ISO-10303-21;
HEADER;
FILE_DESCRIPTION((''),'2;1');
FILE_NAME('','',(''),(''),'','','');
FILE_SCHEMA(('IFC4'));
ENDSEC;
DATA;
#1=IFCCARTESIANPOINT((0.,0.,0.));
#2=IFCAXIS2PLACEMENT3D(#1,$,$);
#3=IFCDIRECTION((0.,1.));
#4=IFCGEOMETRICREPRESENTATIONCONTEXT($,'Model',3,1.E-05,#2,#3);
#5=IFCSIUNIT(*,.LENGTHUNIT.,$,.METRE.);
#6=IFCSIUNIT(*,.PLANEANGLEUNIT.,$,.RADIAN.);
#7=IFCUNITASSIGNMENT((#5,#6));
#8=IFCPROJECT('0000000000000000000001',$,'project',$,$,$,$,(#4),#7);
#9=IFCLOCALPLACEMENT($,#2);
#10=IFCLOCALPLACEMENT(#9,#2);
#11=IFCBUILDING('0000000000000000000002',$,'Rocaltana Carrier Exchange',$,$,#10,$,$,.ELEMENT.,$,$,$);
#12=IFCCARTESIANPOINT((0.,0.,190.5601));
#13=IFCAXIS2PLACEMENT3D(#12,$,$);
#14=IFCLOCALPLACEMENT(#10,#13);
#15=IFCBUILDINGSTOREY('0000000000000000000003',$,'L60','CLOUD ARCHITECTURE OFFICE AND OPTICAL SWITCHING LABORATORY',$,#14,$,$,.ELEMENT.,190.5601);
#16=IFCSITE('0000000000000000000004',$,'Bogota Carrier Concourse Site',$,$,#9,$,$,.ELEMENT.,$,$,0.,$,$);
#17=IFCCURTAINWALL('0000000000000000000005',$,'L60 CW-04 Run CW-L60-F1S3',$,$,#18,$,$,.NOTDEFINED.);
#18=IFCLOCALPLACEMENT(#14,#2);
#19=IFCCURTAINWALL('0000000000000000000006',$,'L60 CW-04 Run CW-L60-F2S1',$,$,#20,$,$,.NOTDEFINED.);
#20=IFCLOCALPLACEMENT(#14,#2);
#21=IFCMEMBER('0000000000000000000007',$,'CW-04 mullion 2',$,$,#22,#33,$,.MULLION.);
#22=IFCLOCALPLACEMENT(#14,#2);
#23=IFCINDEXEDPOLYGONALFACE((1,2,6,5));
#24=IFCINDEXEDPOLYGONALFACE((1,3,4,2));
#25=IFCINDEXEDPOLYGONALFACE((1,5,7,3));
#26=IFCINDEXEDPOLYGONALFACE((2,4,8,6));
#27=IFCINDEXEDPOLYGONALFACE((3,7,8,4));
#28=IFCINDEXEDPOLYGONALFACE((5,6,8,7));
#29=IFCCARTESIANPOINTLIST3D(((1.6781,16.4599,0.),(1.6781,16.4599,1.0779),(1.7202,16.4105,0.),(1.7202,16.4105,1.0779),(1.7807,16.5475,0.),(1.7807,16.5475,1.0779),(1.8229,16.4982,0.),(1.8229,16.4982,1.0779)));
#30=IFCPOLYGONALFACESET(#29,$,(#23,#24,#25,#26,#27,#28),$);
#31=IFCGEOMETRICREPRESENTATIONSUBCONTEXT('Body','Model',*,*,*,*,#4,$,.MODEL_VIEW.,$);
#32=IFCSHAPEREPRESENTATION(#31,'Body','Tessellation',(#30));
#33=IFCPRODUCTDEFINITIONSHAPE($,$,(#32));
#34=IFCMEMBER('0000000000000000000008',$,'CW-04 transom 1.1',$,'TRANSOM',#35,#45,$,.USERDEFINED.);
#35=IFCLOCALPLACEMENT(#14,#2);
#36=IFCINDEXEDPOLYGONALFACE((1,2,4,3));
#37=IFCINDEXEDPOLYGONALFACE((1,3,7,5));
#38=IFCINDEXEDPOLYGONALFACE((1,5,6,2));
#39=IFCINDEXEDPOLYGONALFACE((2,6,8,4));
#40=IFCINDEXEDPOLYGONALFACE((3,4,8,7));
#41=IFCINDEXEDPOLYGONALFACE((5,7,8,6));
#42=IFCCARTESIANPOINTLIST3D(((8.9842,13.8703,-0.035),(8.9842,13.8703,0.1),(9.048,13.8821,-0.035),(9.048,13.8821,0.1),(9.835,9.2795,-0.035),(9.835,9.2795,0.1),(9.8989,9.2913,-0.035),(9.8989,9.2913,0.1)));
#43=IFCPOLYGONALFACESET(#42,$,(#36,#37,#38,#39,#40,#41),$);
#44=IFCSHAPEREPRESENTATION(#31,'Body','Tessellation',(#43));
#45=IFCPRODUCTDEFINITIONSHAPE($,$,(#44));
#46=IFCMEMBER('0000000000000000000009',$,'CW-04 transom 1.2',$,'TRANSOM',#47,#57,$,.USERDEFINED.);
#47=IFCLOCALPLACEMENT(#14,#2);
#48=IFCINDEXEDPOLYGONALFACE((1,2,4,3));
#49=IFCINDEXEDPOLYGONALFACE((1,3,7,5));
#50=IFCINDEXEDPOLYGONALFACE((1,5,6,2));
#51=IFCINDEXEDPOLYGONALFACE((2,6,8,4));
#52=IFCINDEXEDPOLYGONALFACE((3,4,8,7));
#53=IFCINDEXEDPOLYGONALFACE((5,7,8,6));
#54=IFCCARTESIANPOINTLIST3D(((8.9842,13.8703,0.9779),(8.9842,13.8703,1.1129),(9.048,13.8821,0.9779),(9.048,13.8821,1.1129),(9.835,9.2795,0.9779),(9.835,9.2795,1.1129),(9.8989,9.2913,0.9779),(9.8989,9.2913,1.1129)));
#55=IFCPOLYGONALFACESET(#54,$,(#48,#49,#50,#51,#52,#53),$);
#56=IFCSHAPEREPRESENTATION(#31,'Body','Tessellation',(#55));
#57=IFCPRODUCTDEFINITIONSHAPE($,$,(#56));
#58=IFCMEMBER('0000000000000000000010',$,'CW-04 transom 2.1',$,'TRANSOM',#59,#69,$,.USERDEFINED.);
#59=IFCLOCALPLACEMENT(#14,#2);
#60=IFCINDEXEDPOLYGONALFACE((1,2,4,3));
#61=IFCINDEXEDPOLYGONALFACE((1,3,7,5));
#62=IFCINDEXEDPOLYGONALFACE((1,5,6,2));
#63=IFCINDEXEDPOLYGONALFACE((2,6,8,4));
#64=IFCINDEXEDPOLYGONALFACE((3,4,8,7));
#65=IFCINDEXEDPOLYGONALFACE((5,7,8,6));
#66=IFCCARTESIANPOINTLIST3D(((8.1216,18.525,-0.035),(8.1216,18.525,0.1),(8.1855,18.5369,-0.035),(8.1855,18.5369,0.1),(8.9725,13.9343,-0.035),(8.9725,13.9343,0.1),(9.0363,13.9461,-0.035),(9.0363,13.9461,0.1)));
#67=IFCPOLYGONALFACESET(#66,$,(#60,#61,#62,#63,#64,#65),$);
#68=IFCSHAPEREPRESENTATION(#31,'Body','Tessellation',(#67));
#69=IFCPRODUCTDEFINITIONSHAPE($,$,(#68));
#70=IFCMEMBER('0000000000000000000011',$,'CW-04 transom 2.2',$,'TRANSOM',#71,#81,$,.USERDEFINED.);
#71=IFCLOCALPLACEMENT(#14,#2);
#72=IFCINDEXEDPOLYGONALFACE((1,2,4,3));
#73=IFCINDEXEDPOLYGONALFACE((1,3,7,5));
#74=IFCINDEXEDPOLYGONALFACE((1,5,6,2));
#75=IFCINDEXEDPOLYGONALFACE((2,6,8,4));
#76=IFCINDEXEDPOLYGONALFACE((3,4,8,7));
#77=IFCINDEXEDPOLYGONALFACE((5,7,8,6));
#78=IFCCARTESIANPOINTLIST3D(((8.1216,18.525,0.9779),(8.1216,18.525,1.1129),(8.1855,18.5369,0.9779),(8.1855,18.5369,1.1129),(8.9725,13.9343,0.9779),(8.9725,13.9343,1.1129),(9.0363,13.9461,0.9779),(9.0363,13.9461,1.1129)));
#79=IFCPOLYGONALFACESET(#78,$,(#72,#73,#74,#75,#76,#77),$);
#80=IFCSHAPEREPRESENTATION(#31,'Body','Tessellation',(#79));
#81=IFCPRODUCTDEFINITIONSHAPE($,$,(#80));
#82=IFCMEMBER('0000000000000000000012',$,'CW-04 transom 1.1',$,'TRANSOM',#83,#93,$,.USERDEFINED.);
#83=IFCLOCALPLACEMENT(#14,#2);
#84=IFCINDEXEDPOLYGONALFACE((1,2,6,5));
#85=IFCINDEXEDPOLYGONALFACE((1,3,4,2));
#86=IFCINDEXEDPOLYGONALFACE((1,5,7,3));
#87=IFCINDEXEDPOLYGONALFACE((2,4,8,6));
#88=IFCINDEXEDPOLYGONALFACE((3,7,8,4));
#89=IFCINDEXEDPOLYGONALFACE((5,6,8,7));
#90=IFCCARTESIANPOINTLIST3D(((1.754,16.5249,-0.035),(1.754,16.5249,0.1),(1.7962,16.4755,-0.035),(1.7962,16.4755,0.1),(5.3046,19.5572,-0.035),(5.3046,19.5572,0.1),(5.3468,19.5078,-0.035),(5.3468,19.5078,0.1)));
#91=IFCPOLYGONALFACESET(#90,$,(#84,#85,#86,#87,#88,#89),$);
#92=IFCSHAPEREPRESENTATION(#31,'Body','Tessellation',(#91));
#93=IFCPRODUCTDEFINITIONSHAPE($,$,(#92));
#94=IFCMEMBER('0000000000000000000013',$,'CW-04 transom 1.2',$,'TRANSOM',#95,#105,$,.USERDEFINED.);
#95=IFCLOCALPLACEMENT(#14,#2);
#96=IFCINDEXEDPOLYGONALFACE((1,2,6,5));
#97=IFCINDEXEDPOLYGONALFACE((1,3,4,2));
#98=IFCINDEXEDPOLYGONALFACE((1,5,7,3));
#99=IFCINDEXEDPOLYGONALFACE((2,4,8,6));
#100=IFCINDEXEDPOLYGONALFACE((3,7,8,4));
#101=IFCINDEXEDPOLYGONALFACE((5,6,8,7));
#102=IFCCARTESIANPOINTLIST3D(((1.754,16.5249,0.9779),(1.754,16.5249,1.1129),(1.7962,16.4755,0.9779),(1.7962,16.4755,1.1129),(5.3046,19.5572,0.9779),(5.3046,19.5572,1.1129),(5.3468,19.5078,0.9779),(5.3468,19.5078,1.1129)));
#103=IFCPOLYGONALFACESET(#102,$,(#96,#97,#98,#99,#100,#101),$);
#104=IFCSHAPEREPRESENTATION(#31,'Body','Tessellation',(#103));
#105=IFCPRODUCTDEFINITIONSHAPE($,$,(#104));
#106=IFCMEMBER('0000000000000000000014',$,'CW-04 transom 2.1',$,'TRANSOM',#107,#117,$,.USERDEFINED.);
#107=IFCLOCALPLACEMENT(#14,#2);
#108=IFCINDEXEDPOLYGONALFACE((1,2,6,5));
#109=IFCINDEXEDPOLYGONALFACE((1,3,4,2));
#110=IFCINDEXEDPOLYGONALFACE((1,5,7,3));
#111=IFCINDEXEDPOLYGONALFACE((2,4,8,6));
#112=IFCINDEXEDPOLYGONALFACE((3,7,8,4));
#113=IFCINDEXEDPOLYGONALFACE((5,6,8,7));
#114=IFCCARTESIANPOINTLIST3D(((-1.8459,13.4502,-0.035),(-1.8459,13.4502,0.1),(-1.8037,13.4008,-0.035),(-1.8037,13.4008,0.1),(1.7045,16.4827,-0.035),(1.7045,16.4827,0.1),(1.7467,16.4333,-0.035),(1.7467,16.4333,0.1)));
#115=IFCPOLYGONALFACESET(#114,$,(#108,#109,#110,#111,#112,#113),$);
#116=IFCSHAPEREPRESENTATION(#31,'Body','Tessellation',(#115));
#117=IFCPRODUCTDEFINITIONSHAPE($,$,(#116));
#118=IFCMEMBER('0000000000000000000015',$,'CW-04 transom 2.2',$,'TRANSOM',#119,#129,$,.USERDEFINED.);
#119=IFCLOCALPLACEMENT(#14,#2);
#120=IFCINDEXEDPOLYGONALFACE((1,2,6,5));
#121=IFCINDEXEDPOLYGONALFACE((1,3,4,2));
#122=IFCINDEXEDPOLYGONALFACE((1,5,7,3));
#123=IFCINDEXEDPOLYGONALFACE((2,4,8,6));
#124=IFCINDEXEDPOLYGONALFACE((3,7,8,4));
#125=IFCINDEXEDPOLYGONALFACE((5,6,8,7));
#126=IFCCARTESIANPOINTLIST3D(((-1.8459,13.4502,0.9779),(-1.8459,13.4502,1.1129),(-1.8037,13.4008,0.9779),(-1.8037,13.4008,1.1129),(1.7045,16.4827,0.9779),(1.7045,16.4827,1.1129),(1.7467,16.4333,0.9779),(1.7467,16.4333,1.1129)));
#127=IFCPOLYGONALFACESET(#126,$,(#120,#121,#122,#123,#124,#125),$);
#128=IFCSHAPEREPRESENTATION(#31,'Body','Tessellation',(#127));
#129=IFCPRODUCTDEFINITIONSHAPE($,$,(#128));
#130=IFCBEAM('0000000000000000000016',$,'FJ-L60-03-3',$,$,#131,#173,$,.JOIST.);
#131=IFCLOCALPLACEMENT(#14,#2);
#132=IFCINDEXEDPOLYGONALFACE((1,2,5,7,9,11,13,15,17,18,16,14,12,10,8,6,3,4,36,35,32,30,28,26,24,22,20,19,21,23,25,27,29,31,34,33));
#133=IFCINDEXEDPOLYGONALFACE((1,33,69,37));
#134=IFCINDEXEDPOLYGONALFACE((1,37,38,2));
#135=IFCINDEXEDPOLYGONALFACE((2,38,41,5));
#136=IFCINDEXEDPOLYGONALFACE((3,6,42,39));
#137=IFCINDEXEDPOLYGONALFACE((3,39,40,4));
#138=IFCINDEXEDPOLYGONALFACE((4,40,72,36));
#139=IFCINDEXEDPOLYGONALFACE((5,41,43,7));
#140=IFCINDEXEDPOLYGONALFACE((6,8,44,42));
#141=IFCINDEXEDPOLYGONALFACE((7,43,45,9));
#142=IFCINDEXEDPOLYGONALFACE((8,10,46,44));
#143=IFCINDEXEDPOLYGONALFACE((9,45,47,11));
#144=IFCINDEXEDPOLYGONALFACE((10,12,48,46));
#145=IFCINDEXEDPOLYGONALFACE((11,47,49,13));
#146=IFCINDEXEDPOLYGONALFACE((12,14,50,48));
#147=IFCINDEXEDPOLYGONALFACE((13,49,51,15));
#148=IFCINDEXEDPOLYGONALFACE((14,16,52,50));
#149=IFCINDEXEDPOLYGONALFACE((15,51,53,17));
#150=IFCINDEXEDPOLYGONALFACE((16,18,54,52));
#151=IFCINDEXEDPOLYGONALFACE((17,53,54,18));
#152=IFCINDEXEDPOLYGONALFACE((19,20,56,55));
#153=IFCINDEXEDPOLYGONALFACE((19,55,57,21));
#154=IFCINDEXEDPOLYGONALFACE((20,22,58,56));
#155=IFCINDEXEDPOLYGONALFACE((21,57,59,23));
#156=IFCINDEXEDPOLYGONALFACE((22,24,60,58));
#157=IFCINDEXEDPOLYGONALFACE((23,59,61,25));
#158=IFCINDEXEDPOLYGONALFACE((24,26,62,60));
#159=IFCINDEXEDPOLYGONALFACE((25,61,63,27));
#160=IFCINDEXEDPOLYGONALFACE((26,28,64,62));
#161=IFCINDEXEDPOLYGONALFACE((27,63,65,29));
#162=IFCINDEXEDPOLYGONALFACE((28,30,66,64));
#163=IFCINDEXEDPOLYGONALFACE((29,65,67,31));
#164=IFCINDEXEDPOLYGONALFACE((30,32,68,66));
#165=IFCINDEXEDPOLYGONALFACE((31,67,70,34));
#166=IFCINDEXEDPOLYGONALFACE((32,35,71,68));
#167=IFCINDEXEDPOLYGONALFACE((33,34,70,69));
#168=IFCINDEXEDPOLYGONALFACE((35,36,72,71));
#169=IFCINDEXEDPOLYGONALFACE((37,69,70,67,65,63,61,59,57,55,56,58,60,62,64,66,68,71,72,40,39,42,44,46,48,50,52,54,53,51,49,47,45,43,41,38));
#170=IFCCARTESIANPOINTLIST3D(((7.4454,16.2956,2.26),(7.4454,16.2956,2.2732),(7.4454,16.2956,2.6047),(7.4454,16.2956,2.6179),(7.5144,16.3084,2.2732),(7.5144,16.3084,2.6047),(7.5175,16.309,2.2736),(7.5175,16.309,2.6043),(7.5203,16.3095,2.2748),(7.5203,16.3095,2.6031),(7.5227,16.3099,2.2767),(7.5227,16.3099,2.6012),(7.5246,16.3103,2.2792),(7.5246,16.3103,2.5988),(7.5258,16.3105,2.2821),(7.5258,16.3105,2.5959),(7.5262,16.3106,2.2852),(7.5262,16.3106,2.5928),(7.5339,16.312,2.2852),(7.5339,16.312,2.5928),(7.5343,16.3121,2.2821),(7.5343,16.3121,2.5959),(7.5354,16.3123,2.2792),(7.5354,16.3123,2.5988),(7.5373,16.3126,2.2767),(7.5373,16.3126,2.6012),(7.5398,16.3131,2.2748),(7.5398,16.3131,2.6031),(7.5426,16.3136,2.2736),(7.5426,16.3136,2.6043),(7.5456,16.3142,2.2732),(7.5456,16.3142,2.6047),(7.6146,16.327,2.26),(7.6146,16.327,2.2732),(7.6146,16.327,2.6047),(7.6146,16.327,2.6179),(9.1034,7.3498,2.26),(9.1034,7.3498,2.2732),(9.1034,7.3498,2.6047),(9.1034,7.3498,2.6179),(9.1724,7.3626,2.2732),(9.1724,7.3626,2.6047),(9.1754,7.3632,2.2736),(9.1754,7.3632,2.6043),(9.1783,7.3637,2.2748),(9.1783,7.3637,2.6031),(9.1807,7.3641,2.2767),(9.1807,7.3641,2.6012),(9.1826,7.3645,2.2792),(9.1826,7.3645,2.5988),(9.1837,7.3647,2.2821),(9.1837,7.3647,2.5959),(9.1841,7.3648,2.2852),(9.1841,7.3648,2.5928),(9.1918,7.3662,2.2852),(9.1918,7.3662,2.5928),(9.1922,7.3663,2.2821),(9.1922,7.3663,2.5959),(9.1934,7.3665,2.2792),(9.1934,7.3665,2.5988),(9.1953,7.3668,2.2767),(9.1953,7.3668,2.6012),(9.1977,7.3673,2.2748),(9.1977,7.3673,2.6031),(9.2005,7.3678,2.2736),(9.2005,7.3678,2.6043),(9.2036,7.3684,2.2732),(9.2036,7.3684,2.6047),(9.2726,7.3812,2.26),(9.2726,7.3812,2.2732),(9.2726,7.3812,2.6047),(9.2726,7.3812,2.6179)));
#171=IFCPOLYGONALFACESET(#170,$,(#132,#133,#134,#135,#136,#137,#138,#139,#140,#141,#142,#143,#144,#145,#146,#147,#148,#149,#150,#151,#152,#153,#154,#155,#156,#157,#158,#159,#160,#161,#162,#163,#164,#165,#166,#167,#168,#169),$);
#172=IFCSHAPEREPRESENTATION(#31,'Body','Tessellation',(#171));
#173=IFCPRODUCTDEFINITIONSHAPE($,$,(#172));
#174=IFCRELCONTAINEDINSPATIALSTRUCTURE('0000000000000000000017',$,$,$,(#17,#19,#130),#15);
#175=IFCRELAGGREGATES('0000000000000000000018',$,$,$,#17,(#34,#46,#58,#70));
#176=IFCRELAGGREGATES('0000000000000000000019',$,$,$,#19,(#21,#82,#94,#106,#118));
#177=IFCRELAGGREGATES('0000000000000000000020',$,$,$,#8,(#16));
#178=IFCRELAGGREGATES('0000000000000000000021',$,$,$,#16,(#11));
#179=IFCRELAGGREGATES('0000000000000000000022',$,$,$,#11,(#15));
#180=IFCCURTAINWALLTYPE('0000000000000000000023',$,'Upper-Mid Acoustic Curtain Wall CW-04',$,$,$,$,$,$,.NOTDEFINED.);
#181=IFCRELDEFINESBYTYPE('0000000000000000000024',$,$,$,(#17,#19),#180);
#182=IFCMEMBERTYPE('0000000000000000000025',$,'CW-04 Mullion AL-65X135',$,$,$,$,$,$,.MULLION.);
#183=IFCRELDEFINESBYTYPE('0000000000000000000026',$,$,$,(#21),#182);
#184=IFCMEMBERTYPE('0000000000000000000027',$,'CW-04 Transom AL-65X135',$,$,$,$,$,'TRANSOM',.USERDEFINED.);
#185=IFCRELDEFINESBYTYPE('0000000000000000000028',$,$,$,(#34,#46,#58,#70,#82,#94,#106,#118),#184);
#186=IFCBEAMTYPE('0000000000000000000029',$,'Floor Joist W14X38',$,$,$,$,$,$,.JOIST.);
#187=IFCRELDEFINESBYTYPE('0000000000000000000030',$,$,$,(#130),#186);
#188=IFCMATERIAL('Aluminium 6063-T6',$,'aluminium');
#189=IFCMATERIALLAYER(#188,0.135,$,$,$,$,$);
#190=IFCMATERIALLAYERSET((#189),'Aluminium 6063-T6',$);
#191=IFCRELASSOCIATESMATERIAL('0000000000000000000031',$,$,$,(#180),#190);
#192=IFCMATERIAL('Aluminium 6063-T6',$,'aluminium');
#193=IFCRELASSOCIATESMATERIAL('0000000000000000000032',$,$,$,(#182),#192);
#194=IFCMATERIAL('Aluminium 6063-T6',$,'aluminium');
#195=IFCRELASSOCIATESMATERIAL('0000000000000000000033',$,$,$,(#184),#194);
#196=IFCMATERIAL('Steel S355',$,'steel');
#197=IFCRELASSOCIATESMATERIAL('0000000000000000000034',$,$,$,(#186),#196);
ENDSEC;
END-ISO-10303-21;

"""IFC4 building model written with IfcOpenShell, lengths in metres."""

from ifc_helpers import new_model, si_unit, direction, frame, origin, origin_2d, place, context, subcontext, project, spatial, rectangle, i_section, extrude, material, layer, layer_set, material_profile, profile_set, type_object, element, aggregate, save


model = new_model("IFC4")

# Units and contexts
model_context = context("Model", 3, precision=1e-05, world=origin(), true_north=direction((0.0, 1.0)))
body_context = subcontext(model_context, "Body", "Model", "MODEL_VIEW")
ifc_project = project(units=[si_unit("LENGTHUNIT", "METRE"), si_unit("PLANEANGLEUNIT", "RADIAN")], contexts=[model_context])

# Site, building, storey
site_placement = place(None, origin())
site = spatial("IfcSite", under=ifc_project, at=site_placement, Name="Bogota Carrier Concourse Site", CompositionType="ELEMENT", RefElevation=0.0)
building_placement = place(site_placement, origin())
building = spatial("IfcBuilding", under=site, at=building_placement, Name="Rocaltana Carrier Exchange", CompositionType="ELEMENT")
storey_placement = place(building_placement, frame((0.0, 0.0, 190.5601)))
storey = spatial("IfcBuildingStorey", under=building, at=storey_placement, Name="L60", Description="CLOUD ARCHITECTURE OFFICE AND OPTICAL SWITCHING LABORATORY", CompositionType="ELEMENT", Elevation=190.5601)

# Curtain walls, member
ifc_material_1 = material(Name="Aluminium 6063-T6", Category="aluminium")
ifc_layer_1 = layer(ifc_material_1, 0.135)
ifc_layer_set_1 = layer_set([ifc_layer_1], Name="Aluminium 6063-T6")
curtain_wall_type = type_object("IfcCurtainWallType", Name="Upper-Mid Acoustic Curtain Wall CW-04", PredefinedType="NOTDEFINED", material=ifc_layer_set_1)
curtain_wall_1_placement = place(storey_placement, origin())
curtain_wall_1 = element("IfcCurtainWall", 1, at=curtain_wall_1_placement, inside=storey, type_object=curtain_wall_type, Name="L60 CW-04 Run CW-L60-F1S3", PredefinedType="NOTDEFINED")
ifc_material_2 = material(Name="Aluminium 6063-T6", Category="aluminium")
ifc_material_profile_1 = material_profile(ifc_material_2, rectangle(XDim=0.0649, YDim=0.135, at=origin_2d()), Name="AL-65X135")
ifc_profile_set_1 = profile_set([ifc_material_profile_1], Name="Aluminium 6063-T6")
member_type_1 = type_object("IfcMemberType", Name="CW-04 Mullion AL-65X135", PredefinedType="MULLION", material=ifc_profile_set_1)
curtain_wall_2_placement = place(storey_placement, origin())
curtain_wall_2 = element("IfcCurtainWall", 2, at=curtain_wall_2_placement, inside=storey, type_object=curtain_wall_type, Name="L60 CW-04 Run CW-L60-F2S1", PredefinedType="NOTDEFINED")
member_1_placement = place(storey_placement, frame((1.7505, 16.479, 0.0), z_axis=(0.0, 0.0, 1.0), x_axis=(0.649448, -0.760406, 0.0)))
member_1 = element("IfcMember", 3, at=member_1_placement, type_object=member_type_1, Name="CW-04 mullion 2", PredefinedType="MULLION", context=body_context, shape_type="SweptSolid", body=[
    extrude(rectangle(XDim=0.0649, YDim=0.135, at=origin_2d()), origin(), (0.0, 0.0, 1.0), 1.0779),
])

# Members
ifc_material_3 = material(Name="Aluminium 6063-T6", Category="aluminium")
ifc_material_profile_2 = material_profile(ifc_material_3, rectangle(XDim=0.0649, YDim=0.135, at=origin_2d()), Name="AL-65X135")
ifc_profile_set_2 = profile_set([ifc_material_profile_2], Name="Aluminium 6063-T6")
member_type_2 = type_object("IfcMemberType", Name="CW-04 Transom AL-65X135", ElementType="TRANSOM", PredefinedType="USERDEFINED", material=ifc_profile_set_2)
member_2_placement = place(storey_placement, frame((9.8669, 9.2854, 0.0325), z_axis=(-0.18223, 0.983256, 0.0), x_axis=(-0.983256, -0.18223, 0.0)))
member_2 = element("IfcMember", 4, at=member_2_placement, type_object=member_type_2, Name="CW-04 transom 1.1", ObjectType="TRANSOM", PredefinedType="USERDEFINED", context=body_context, shape_type="SweptSolid", body=[
    extrude(rectangle(XDim=0.0649, YDim=0.135, at=origin_2d()), origin(), (0.0, 0.0, 1.0), 4.6689),
])
member_3_placement = place(storey_placement, frame((9.8669, 9.2854, 1.0454), z_axis=(-0.18223, 0.983256, 0.0), x_axis=(-0.983256, -0.18223, 0.0)))
member_3 = element("IfcMember", 5, at=member_3_placement, type_object=member_type_2, Name="CW-04 transom 1.2", ObjectType="TRANSOM", PredefinedType="USERDEFINED", context=body_context, shape_type="SweptSolid", body=[
    extrude(rectangle(XDim=0.0649, YDim=0.135, at=origin_2d()), origin(), (0.0, 0.0, 1.0), 4.6689),
])
member_4_placement = place(storey_placement, frame((9.0044, 13.9402, 0.0325), z_axis=(-0.18223, 0.983256, 0.0), x_axis=(-0.983256, -0.18223, 0.0)))
member_4 = element("IfcMember", 6, at=member_4_placement, type_object=member_type_2, Name="CW-04 transom 2.1", ObjectType="TRANSOM", PredefinedType="USERDEFINED", context=body_context, shape_type="SweptSolid", body=[
    extrude(rectangle(XDim=0.0649, YDim=0.135, at=origin_2d()), origin(), (0.0, 0.0, 1.0), 4.6689),
])
member_5_placement = place(storey_placement, frame((9.0044, 13.9402, 1.0454), z_axis=(-0.18223, 0.983256, 0.0), x_axis=(-0.983256, -0.18223, 0.0)))
member_5 = element("IfcMember", 7, at=member_5_placement, type_object=member_type_2, Name="CW-04 transom 2.2", ObjectType="TRANSOM", PredefinedType="USERDEFINED", context=body_context, shape_type="SweptSolid", body=[
    extrude(rectangle(XDim=0.0649, YDim=0.135, at=origin_2d()), origin(), (0.0, 0.0, 1.0), 4.6689),
])
member_6_placement = place(storey_placement, frame((5.3257, 19.5325, 0.0325), z_axis=(-0.760429, -0.649421, 0.0), x_axis=(0.649421, -0.760429, 0.0)))
member_6 = element("IfcMember", 8, at=member_6_placement, type_object=member_type_2, Name="CW-04 transom 1.1", ObjectType="TRANSOM", PredefinedType="USERDEFINED", context=body_context, shape_type="SweptSolid", body=[
    extrude(rectangle(XDim=0.0649, YDim=0.135, at=origin_2d()), origin(), (0.0, 0.0, 1.0), 4.6692),
])
member_7_placement = place(storey_placement, frame((5.3257, 19.5325, 1.0454), z_axis=(-0.760429, -0.649421, 0.0), x_axis=(0.649421, -0.760429, 0.0)))
member_7 = element("IfcMember", 9, at=member_7_placement, type_object=member_type_2, Name="CW-04 transom 1.2", ObjectType="TRANSOM", PredefinedType="USERDEFINED", context=body_context, shape_type="SweptSolid", body=[
    extrude(rectangle(XDim=0.0649, YDim=0.135, at=origin_2d()), origin(), (0.0, 0.0, 1.0), 4.6692),
])
member_8_placement = place(storey_placement, frame((1.7256, 16.458, 0.0325), z_axis=(-0.760381, -0.649477, 0.0), x_axis=(0.649477, -0.760381, 0.0)))
member_8 = element("IfcMember", 10, at=member_8_placement, type_object=member_type_2, Name="CW-04 transom 2.1", ObjectType="TRANSOM", PredefinedType="USERDEFINED", context=body_context, shape_type="SweptSolid", body=[
    extrude(rectangle(XDim=0.0649, YDim=0.135, at=origin_2d()), origin(), (0.0, 0.0, 1.0), 4.6692),
])
member_9_placement = place(storey_placement, frame((1.7256, 16.458, 1.0454), z_axis=(-0.760381, -0.649477, 0.0), x_axis=(0.649477, -0.760381, 0.0)))
member_9 = element("IfcMember", 11, at=member_9_placement, type_object=member_type_2, Name="CW-04 transom 2.2", ObjectType="TRANSOM", PredefinedType="USERDEFINED", context=body_context, shape_type="SweptSolid", body=[
    extrude(rectangle(XDim=0.0649, YDim=0.135, at=origin_2d()), origin(), (0.0, 0.0, 1.0), 4.6692),
])

# Beam
ifc_material_4 = material(Name="Steel S355", Category="steel")
ifc_material_profile_3 = material_profile(ifc_material_4, i_section(OverallWidth=0.1721, OverallDepth=0.3579, WebThickness=0.0078, FlangeThickness=0.0132, FilletRadius=0.012, at=origin_2d()), Name="W14X38")
ifc_profile_set_3 = profile_set([ifc_material_profile_3], Name="Steel S355")
beam_type_1 = type_object("IfcBeamType", Name="Floor Joist W14X38", PredefinedType="JOIST", material=ifc_profile_set_3)
beam_1_placement = place(storey_placement, frame((9.188, 7.3655, 2.439), z_axis=(-0.182231, 0.983256, 0.0), x_axis=(-0.983256, -0.182231, 0.0)))
element("IfcBeam", 12, at=beam_1_placement, inside=storey, type_object=beam_type_1, Name="FJ-L60-03-3", PredefinedType="JOIST", context=body_context, shape_type="SweptSolid", body=[
    extrude(i_section(OverallWidth=0.1721, OverallDepth=0.3579, WebThickness=0.0078, FlangeThickness=0.0132, FilletRadius=0.012, at=origin_2d()), origin(), (0.0, 0.0, 1.0), 9.0981),
])

aggregate(curtain_wall_1, [member_2, member_3, member_4, member_5])
aggregate(curtain_wall_2, [member_1, member_6, member_7, member_8, member_9])

save(model, "model.ifc")
